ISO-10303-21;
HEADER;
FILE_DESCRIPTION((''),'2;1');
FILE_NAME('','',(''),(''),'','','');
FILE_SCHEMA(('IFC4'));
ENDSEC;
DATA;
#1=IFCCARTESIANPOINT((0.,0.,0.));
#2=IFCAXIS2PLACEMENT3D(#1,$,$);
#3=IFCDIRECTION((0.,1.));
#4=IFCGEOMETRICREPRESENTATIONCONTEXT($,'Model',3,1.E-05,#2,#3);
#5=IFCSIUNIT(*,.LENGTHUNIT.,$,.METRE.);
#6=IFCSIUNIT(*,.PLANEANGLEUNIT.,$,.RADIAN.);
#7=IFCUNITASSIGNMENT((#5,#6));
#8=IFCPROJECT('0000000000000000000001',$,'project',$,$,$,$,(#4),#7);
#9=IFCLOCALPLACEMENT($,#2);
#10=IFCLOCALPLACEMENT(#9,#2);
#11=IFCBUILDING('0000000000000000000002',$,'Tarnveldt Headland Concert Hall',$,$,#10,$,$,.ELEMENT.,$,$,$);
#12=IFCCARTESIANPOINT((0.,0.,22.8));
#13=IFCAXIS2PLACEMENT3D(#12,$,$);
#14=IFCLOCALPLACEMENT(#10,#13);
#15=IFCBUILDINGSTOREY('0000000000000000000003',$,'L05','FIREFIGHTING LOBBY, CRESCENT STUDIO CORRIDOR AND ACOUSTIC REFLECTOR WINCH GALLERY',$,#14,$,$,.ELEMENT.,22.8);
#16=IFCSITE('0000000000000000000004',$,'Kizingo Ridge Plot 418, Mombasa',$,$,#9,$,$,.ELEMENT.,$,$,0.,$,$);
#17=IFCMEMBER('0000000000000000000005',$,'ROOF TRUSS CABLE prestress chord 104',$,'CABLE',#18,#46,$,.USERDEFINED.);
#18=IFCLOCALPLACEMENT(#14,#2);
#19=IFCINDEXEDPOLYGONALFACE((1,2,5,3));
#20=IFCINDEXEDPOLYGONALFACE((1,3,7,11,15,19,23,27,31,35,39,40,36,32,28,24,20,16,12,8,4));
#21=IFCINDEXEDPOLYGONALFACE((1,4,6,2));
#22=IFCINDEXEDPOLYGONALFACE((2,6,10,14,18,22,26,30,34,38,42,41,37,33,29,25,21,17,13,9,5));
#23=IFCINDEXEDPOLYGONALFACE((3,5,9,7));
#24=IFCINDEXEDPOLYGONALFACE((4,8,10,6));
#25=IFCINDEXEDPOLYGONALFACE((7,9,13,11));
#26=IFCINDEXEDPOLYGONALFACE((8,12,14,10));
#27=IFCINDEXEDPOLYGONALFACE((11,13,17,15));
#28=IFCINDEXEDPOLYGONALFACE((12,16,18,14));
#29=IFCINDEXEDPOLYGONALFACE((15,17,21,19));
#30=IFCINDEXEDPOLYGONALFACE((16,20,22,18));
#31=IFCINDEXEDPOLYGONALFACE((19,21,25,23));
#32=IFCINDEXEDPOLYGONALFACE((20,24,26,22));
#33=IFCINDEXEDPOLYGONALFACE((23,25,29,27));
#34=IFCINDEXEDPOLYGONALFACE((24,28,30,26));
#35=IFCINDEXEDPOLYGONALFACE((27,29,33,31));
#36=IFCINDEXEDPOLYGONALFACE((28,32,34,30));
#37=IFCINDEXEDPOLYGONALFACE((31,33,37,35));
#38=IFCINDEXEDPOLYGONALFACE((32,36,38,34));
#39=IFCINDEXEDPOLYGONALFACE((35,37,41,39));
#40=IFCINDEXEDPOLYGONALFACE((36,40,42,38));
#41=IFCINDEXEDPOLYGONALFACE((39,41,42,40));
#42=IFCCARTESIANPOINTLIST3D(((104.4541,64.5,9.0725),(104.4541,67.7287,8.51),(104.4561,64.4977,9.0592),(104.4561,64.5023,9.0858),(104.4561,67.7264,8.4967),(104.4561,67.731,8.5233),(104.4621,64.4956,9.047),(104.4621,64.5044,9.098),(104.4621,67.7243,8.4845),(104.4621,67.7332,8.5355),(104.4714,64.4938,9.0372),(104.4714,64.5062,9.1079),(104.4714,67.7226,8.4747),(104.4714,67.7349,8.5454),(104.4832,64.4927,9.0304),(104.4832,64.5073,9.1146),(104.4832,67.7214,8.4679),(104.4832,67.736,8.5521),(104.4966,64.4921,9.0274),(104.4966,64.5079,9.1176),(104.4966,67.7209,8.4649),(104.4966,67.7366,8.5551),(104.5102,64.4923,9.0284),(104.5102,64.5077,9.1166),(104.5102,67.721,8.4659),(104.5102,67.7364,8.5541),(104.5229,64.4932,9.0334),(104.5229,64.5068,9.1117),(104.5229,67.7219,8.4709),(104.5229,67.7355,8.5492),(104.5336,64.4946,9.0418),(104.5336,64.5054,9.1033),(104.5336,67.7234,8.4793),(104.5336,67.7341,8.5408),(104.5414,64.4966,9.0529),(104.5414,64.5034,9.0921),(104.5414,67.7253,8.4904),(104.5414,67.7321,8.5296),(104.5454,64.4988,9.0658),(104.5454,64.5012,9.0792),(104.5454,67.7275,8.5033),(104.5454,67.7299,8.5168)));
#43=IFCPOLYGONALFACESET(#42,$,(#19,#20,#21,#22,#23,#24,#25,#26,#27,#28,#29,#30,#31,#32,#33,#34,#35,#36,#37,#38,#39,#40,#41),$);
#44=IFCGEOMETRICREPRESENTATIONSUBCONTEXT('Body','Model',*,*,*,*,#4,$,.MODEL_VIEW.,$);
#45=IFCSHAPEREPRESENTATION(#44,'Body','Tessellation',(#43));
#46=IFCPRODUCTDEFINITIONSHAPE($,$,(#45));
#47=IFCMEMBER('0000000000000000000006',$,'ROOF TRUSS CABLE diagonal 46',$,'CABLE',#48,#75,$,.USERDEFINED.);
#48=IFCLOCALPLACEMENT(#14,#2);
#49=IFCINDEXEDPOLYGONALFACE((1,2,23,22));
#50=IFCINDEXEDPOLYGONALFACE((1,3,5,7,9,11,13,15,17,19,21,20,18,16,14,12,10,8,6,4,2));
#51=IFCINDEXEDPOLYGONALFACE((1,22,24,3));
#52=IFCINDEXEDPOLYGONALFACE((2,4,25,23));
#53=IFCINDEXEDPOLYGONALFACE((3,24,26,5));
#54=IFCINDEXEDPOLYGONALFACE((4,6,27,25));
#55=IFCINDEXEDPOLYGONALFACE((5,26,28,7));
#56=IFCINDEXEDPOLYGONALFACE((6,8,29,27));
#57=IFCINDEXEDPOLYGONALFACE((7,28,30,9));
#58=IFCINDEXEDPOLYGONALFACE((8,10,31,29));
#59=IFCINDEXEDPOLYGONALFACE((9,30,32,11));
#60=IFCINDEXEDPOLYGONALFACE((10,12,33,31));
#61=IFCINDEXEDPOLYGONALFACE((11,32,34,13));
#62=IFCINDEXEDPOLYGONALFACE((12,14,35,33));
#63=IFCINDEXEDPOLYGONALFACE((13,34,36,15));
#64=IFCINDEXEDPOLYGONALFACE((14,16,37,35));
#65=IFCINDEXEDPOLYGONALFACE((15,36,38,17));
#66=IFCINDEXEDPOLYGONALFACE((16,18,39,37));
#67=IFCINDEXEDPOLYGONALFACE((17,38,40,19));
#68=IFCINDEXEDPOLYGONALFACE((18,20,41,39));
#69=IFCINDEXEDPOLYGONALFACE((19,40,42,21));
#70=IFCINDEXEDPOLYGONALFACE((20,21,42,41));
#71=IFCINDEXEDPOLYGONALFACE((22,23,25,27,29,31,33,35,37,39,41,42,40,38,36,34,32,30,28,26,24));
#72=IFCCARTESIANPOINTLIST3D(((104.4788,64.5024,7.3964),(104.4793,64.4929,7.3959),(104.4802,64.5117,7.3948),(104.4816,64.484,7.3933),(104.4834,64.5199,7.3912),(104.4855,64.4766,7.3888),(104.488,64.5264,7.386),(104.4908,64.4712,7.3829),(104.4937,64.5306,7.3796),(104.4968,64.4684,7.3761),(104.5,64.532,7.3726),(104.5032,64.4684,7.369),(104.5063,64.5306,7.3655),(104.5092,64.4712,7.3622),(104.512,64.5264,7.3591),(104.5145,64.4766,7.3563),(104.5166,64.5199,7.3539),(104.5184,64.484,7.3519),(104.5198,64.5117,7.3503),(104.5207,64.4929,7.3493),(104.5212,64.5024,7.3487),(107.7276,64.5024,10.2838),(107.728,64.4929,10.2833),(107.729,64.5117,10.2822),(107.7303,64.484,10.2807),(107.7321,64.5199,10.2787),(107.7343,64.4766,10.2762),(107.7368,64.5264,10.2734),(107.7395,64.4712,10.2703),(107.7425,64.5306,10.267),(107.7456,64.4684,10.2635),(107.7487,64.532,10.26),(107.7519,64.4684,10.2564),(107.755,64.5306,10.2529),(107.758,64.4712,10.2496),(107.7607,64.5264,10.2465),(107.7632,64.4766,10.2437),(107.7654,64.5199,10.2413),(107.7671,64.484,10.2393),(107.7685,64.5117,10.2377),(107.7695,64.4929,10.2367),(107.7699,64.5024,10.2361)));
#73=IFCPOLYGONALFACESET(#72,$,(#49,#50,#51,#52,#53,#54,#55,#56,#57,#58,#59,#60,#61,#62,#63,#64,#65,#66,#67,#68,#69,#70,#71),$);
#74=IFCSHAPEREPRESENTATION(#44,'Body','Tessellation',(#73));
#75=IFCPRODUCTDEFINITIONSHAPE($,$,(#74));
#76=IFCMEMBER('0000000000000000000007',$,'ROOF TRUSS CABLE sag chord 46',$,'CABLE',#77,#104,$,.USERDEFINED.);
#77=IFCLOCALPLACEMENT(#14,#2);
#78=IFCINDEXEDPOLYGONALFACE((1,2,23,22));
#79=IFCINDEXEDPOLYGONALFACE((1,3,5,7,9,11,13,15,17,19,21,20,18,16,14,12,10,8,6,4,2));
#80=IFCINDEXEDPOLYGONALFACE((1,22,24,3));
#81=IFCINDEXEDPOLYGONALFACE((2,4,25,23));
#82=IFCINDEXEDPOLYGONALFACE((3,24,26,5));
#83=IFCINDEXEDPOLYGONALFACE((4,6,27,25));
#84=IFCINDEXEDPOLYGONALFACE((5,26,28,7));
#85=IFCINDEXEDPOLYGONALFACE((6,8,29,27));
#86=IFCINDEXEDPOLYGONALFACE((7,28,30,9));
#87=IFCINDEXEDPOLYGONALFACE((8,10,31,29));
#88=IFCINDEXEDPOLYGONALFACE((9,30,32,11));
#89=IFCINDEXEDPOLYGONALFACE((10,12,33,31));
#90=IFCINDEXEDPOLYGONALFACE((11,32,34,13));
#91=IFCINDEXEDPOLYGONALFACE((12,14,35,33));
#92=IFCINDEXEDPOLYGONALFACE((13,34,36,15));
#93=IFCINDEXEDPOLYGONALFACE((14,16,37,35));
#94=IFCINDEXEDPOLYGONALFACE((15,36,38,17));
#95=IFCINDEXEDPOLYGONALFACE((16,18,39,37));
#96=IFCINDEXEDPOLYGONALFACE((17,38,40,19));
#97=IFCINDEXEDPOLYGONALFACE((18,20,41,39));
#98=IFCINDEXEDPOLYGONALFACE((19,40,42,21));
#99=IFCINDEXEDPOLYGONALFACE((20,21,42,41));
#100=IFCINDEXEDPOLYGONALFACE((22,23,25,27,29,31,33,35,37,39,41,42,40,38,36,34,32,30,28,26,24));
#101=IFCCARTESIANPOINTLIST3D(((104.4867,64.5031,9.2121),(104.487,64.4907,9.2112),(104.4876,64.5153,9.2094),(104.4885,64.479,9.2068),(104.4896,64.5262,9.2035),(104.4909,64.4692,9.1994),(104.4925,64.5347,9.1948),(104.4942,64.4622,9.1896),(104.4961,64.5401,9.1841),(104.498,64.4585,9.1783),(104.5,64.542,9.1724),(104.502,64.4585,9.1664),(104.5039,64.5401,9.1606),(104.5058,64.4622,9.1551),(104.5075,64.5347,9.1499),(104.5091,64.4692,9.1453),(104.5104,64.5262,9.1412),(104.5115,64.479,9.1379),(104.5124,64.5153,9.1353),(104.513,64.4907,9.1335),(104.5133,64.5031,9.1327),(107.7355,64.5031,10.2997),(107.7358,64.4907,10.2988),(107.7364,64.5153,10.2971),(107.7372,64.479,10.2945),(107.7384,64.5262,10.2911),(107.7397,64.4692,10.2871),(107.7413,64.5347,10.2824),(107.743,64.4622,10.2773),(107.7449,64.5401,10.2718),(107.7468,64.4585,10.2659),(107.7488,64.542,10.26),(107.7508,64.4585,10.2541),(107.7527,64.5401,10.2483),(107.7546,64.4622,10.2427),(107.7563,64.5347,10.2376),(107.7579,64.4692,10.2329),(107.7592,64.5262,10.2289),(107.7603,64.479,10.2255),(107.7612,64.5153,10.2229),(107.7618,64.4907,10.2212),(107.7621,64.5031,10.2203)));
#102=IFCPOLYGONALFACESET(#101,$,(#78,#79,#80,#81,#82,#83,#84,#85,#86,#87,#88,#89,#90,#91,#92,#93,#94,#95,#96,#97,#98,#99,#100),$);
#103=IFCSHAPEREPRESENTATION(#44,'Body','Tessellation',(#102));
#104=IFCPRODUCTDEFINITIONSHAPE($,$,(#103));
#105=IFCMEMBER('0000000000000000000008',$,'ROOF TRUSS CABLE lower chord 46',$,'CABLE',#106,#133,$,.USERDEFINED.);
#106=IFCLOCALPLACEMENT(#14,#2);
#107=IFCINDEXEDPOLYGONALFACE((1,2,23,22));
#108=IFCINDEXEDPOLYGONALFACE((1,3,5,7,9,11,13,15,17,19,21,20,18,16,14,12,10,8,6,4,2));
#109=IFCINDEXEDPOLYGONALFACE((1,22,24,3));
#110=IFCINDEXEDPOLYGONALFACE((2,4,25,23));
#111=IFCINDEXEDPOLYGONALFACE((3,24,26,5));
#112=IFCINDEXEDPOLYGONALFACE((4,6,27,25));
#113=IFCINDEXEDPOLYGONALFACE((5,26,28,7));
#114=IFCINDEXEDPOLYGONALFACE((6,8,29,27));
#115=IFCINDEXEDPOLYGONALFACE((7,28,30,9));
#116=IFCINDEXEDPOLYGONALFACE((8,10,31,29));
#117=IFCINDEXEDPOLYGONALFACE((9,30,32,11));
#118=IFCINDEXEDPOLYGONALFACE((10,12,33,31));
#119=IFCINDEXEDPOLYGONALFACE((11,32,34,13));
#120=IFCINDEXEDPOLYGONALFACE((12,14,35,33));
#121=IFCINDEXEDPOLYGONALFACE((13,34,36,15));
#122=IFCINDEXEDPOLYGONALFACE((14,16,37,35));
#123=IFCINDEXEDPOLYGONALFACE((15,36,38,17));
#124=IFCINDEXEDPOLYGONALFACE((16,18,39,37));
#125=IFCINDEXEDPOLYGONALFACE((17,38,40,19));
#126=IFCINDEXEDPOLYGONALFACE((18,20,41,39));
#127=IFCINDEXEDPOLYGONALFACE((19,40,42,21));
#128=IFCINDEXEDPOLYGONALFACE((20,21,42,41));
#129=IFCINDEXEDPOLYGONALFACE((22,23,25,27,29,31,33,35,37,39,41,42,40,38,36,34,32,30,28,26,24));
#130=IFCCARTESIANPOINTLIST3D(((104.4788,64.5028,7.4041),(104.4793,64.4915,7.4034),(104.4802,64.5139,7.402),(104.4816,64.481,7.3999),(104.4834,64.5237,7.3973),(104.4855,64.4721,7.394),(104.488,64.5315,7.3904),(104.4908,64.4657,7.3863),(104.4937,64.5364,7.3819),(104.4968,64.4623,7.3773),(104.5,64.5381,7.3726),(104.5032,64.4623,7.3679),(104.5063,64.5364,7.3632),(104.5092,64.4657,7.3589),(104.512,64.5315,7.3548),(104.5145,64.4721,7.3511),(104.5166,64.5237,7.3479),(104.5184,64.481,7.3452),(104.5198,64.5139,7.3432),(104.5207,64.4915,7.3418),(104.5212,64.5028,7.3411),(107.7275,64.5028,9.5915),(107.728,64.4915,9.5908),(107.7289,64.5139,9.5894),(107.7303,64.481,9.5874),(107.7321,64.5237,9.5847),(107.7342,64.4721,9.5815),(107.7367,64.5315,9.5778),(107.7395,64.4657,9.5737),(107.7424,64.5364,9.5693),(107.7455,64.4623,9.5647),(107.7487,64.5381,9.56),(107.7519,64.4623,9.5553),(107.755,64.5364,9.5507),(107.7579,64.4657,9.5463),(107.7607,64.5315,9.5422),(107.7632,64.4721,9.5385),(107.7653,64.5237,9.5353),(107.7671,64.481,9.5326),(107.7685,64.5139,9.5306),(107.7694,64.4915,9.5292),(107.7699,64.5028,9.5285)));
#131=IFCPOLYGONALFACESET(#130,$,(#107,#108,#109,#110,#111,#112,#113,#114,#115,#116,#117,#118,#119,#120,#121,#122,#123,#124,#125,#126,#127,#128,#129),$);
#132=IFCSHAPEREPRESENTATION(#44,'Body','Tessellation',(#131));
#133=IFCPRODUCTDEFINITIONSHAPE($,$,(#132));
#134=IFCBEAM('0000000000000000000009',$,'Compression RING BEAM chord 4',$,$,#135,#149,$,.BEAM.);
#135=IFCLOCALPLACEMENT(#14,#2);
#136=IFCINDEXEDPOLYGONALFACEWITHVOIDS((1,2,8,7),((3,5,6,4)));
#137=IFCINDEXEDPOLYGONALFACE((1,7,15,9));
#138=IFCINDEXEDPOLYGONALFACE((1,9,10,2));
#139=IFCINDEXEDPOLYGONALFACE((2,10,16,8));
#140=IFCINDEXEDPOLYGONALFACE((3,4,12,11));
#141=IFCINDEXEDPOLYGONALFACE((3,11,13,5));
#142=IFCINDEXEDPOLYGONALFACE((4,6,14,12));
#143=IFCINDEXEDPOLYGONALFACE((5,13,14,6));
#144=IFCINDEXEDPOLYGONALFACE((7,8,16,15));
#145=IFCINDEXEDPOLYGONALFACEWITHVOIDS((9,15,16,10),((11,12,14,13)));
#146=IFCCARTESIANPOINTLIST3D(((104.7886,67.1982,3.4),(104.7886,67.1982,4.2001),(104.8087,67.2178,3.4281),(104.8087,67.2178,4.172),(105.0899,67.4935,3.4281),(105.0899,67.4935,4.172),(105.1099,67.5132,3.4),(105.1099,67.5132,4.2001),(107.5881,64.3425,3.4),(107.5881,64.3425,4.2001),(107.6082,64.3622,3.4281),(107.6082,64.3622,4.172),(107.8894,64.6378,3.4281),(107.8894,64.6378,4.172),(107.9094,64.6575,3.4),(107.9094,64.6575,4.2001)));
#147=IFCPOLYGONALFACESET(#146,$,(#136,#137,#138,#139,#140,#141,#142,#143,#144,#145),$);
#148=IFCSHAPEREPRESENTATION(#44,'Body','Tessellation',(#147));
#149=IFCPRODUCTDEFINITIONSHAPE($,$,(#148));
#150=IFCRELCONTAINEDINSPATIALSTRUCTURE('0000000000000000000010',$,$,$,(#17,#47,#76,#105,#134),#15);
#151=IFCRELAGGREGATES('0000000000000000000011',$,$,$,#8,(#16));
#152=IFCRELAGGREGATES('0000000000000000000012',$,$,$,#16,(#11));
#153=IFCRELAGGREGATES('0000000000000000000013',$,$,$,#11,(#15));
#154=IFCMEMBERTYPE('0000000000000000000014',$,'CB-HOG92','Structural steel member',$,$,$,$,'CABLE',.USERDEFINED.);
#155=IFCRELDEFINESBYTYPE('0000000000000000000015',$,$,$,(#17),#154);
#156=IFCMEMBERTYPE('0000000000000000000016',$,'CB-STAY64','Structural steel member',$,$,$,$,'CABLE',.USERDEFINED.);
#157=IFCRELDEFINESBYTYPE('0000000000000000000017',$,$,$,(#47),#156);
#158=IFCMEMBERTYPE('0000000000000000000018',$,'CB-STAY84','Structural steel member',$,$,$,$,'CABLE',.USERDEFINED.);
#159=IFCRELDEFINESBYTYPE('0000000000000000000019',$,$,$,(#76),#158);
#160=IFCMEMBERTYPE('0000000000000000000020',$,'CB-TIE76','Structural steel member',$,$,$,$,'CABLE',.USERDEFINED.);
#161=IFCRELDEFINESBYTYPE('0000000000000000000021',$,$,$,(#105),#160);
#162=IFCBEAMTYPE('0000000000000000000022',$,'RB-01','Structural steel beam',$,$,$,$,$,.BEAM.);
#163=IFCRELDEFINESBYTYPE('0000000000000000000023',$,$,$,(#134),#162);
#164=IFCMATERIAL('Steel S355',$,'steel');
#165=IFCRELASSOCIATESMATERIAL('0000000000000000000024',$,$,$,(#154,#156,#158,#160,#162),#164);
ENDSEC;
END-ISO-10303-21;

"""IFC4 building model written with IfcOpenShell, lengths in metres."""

from ifc_helpers import new_model, si_unit, direction, frame, origin, origin_2d, place, context, subcontext, project, spatial, hollow_rectangle, circle, extrude, material, material_profile, profile_set, type_object, element, save


model = new_model("IFC4")

# Units and contexts
model_context = context("Model", 3, precision=1e-05, world=origin(), true_north=direction((0.0, 1.0)))
body_context = subcontext(model_context, "Body", "Model", "MODEL_VIEW")
ifc_project = project(units=[si_unit("LENGTHUNIT", "METRE"), si_unit("PLANEANGLEUNIT", "RADIAN")], contexts=[model_context])

# Site, building, storey
site_placement = place(None, origin())
site = spatial("IfcSite", under=ifc_project, at=site_placement, Name="Kizingo Ridge Plot 418, Mombasa", CompositionType="ELEMENT", RefElevation=0.0)
building_placement = place(site_placement, origin())
building = spatial("IfcBuilding", under=site, at=building_placement, Name="Tarnveldt Headland Concert Hall", CompositionType="ELEMENT")
storey_placement = place(building_placement, frame((0.0, 0.0, 22.8)))
storey = spatial("IfcBuildingStorey", under=building, at=storey_placement, Name="L05", Description="FIREFIGHTING LOBBY, CRESCENT STUDIO CORRIDOR AND ACOUSTIC REFLECTOR WINCH GALLERY", CompositionType="ELEMENT", Elevation=22.8)

# Members
ifc_material_1 = material(Name="Steel S355", Category="steel")
ifc_material_profile_1 = material_profile(ifc_material_1, circle(Radius=0.0459, at=origin_2d()), Name="LC D92", Category="steel")
ifc_profile_set_1 = profile_set([ifc_material_profile_1], Name="Steel S355")
member_type_1 = type_object("IfcMemberType", Name="CB-HOG92", Description="Structural steel member", ElementType="CABLE", PredefinedType="USERDEFINED", material=ifc_profile_set_1)
member_1_placement = place(storey_placement, frame((104.5, 64.5, 9.0725), z_axis=(0.0, 0.985161, -0.17163), x_axis=(-1.0, 0.0, 0.0)))
element("IfcMember", 1, at=member_1_placement, inside=storey, type_object=member_type_1, Name="ROOF TRUSS CABLE prestress chord 104", ObjectType="CABLE", PredefinedType="USERDEFINED", context=body_context, shape_type="SweptSolid", body=[
    extrude(circle(Radius=0.0459, at=origin_2d()), origin(), (0.0, 0.0, 1.0), 3.2773),
])
ifc_material_profile_2 = material_profile(ifc_material_1, circle(Radius=0.032, at=origin_2d()), Name="LC D64", Category="steel")
ifc_profile_set_2 = profile_set([ifc_material_profile_2], Name="Steel S355")
member_type_2 = type_object("IfcMemberType", Name="CB-STAY64", Description="Structural steel member", ElementType="CABLE", PredefinedType="USERDEFINED", material=ifc_profile_set_2)
member_2_placement = place(storey_placement, frame((104.5, 64.5, 7.3726), z_axis=(0.74745, 0.0, 0.664319), x_axis=(0.0, 1.0, 0.0)))
element("IfcMember", 2, at=member_2_placement, inside=storey, type_object=member_type_2, Name="ROOF TRUSS CABLE diagonal 46", ObjectType="CABLE", PredefinedType="USERDEFINED", context=body_context, shape_type="SweptSolid", body=[
    extrude(circle(Radius=0.032, at=origin_2d()), origin(), (0.0, 0.0, 1.0), 4.3464),
])
ifc_material_profile_3 = material_profile(ifc_material_1, circle(Radius=0.042, at=origin_2d()), Name="LC D84", Category="steel")
ifc_profile_set_3 = profile_set([ifc_material_profile_3], Name="Steel S355")
member_type_3 = type_object("IfcMemberType", Name="CB-STAY84", Description="Structural steel member", ElementType="CABLE", PredefinedType="USERDEFINED", material=ifc_profile_set_3)
member_3_placement = place(storey_placement, frame((104.5, 64.5, 9.1724), z_axis=(0.948269, 0.0, 0.317467), x_axis=(0.0, 1.0, 0.0)))
element("IfcMember", 3, at=member_3_placement, inside=storey, type_object=member_type_3, Name="ROOF TRUSS CABLE sag chord 46", ObjectType="CABLE", PredefinedType="USERDEFINED", context=body_context, shape_type="SweptSolid", body=[
    extrude(circle(Radius=0.042, at=origin_2d()), origin(), (0.0, 0.0, 1.0), 3.426),
])
ifc_material_profile_4 = material_profile(ifc_material_1, circle(Radius=0.0381, at=origin_2d()), Name="LC D76", Category="steel")
ifc_profile_set_4 = profile_set([ifc_material_profile_4], Name="Steel S355")
member_type_4 = type_object("IfcMemberType", Name="CB-TIE76", Description="Structural steel member", ElementType="CABLE", PredefinedType="USERDEFINED", material=ifc_profile_set_4)
member_4_placement = place(storey_placement, frame((104.5, 64.5, 7.3726), z_axis=(0.829491, 0.0, 0.558521), x_axis=(0.0, 1.0, 0.0)))
element("IfcMember", 4, at=member_4_placement, inside=storey, type_object=member_type_4, Name="ROOF TRUSS CABLE lower chord 46", ObjectType="CABLE", PredefinedType="USERDEFINED", context=body_context, shape_type="SweptSolid", body=[
    extrude(circle(Radius=0.0381, at=origin_2d()), origin(), (0.0, 0.0, 1.0), 3.9165),
])

# Beam
ifc_material_profile_5 = material_profile(ifc_material_1, hollow_rectangle(XDim=0.45, YDim=0.8, WallThickness=0.0281, at=origin_2d()), Name="RHS 800x450x28", Category="steel")
ifc_profile_set_5 = profile_set([ifc_material_profile_5], Name="Steel S355")
beam_type = type_object("IfcBeamType", Name="RB-01", Description="Structural steel beam", PredefinedType="BEAM", material=ifc_profile_set_5)
beam_placement = place(storey_placement, frame((107.7488, 64.5, 3.8), z_axis=(-0.700051, 0.714093, 0.0), x_axis=(-0.714093, -0.700051, 0.0)))
element("IfcBeam", 5, at=beam_placement, inside=storey, type_object=beam_type, Name="Compression RING BEAM chord 4", PredefinedType="BEAM", context=body_context, shape_type="SweptSolid", body=[
    extrude(hollow_rectangle(XDim=0.45, YDim=0.8, WallThickness=0.0281, at=origin_2d()), origin(), (0.0, 0.0, 1.0), 3.999),
])

save(model, "model.ifc")
